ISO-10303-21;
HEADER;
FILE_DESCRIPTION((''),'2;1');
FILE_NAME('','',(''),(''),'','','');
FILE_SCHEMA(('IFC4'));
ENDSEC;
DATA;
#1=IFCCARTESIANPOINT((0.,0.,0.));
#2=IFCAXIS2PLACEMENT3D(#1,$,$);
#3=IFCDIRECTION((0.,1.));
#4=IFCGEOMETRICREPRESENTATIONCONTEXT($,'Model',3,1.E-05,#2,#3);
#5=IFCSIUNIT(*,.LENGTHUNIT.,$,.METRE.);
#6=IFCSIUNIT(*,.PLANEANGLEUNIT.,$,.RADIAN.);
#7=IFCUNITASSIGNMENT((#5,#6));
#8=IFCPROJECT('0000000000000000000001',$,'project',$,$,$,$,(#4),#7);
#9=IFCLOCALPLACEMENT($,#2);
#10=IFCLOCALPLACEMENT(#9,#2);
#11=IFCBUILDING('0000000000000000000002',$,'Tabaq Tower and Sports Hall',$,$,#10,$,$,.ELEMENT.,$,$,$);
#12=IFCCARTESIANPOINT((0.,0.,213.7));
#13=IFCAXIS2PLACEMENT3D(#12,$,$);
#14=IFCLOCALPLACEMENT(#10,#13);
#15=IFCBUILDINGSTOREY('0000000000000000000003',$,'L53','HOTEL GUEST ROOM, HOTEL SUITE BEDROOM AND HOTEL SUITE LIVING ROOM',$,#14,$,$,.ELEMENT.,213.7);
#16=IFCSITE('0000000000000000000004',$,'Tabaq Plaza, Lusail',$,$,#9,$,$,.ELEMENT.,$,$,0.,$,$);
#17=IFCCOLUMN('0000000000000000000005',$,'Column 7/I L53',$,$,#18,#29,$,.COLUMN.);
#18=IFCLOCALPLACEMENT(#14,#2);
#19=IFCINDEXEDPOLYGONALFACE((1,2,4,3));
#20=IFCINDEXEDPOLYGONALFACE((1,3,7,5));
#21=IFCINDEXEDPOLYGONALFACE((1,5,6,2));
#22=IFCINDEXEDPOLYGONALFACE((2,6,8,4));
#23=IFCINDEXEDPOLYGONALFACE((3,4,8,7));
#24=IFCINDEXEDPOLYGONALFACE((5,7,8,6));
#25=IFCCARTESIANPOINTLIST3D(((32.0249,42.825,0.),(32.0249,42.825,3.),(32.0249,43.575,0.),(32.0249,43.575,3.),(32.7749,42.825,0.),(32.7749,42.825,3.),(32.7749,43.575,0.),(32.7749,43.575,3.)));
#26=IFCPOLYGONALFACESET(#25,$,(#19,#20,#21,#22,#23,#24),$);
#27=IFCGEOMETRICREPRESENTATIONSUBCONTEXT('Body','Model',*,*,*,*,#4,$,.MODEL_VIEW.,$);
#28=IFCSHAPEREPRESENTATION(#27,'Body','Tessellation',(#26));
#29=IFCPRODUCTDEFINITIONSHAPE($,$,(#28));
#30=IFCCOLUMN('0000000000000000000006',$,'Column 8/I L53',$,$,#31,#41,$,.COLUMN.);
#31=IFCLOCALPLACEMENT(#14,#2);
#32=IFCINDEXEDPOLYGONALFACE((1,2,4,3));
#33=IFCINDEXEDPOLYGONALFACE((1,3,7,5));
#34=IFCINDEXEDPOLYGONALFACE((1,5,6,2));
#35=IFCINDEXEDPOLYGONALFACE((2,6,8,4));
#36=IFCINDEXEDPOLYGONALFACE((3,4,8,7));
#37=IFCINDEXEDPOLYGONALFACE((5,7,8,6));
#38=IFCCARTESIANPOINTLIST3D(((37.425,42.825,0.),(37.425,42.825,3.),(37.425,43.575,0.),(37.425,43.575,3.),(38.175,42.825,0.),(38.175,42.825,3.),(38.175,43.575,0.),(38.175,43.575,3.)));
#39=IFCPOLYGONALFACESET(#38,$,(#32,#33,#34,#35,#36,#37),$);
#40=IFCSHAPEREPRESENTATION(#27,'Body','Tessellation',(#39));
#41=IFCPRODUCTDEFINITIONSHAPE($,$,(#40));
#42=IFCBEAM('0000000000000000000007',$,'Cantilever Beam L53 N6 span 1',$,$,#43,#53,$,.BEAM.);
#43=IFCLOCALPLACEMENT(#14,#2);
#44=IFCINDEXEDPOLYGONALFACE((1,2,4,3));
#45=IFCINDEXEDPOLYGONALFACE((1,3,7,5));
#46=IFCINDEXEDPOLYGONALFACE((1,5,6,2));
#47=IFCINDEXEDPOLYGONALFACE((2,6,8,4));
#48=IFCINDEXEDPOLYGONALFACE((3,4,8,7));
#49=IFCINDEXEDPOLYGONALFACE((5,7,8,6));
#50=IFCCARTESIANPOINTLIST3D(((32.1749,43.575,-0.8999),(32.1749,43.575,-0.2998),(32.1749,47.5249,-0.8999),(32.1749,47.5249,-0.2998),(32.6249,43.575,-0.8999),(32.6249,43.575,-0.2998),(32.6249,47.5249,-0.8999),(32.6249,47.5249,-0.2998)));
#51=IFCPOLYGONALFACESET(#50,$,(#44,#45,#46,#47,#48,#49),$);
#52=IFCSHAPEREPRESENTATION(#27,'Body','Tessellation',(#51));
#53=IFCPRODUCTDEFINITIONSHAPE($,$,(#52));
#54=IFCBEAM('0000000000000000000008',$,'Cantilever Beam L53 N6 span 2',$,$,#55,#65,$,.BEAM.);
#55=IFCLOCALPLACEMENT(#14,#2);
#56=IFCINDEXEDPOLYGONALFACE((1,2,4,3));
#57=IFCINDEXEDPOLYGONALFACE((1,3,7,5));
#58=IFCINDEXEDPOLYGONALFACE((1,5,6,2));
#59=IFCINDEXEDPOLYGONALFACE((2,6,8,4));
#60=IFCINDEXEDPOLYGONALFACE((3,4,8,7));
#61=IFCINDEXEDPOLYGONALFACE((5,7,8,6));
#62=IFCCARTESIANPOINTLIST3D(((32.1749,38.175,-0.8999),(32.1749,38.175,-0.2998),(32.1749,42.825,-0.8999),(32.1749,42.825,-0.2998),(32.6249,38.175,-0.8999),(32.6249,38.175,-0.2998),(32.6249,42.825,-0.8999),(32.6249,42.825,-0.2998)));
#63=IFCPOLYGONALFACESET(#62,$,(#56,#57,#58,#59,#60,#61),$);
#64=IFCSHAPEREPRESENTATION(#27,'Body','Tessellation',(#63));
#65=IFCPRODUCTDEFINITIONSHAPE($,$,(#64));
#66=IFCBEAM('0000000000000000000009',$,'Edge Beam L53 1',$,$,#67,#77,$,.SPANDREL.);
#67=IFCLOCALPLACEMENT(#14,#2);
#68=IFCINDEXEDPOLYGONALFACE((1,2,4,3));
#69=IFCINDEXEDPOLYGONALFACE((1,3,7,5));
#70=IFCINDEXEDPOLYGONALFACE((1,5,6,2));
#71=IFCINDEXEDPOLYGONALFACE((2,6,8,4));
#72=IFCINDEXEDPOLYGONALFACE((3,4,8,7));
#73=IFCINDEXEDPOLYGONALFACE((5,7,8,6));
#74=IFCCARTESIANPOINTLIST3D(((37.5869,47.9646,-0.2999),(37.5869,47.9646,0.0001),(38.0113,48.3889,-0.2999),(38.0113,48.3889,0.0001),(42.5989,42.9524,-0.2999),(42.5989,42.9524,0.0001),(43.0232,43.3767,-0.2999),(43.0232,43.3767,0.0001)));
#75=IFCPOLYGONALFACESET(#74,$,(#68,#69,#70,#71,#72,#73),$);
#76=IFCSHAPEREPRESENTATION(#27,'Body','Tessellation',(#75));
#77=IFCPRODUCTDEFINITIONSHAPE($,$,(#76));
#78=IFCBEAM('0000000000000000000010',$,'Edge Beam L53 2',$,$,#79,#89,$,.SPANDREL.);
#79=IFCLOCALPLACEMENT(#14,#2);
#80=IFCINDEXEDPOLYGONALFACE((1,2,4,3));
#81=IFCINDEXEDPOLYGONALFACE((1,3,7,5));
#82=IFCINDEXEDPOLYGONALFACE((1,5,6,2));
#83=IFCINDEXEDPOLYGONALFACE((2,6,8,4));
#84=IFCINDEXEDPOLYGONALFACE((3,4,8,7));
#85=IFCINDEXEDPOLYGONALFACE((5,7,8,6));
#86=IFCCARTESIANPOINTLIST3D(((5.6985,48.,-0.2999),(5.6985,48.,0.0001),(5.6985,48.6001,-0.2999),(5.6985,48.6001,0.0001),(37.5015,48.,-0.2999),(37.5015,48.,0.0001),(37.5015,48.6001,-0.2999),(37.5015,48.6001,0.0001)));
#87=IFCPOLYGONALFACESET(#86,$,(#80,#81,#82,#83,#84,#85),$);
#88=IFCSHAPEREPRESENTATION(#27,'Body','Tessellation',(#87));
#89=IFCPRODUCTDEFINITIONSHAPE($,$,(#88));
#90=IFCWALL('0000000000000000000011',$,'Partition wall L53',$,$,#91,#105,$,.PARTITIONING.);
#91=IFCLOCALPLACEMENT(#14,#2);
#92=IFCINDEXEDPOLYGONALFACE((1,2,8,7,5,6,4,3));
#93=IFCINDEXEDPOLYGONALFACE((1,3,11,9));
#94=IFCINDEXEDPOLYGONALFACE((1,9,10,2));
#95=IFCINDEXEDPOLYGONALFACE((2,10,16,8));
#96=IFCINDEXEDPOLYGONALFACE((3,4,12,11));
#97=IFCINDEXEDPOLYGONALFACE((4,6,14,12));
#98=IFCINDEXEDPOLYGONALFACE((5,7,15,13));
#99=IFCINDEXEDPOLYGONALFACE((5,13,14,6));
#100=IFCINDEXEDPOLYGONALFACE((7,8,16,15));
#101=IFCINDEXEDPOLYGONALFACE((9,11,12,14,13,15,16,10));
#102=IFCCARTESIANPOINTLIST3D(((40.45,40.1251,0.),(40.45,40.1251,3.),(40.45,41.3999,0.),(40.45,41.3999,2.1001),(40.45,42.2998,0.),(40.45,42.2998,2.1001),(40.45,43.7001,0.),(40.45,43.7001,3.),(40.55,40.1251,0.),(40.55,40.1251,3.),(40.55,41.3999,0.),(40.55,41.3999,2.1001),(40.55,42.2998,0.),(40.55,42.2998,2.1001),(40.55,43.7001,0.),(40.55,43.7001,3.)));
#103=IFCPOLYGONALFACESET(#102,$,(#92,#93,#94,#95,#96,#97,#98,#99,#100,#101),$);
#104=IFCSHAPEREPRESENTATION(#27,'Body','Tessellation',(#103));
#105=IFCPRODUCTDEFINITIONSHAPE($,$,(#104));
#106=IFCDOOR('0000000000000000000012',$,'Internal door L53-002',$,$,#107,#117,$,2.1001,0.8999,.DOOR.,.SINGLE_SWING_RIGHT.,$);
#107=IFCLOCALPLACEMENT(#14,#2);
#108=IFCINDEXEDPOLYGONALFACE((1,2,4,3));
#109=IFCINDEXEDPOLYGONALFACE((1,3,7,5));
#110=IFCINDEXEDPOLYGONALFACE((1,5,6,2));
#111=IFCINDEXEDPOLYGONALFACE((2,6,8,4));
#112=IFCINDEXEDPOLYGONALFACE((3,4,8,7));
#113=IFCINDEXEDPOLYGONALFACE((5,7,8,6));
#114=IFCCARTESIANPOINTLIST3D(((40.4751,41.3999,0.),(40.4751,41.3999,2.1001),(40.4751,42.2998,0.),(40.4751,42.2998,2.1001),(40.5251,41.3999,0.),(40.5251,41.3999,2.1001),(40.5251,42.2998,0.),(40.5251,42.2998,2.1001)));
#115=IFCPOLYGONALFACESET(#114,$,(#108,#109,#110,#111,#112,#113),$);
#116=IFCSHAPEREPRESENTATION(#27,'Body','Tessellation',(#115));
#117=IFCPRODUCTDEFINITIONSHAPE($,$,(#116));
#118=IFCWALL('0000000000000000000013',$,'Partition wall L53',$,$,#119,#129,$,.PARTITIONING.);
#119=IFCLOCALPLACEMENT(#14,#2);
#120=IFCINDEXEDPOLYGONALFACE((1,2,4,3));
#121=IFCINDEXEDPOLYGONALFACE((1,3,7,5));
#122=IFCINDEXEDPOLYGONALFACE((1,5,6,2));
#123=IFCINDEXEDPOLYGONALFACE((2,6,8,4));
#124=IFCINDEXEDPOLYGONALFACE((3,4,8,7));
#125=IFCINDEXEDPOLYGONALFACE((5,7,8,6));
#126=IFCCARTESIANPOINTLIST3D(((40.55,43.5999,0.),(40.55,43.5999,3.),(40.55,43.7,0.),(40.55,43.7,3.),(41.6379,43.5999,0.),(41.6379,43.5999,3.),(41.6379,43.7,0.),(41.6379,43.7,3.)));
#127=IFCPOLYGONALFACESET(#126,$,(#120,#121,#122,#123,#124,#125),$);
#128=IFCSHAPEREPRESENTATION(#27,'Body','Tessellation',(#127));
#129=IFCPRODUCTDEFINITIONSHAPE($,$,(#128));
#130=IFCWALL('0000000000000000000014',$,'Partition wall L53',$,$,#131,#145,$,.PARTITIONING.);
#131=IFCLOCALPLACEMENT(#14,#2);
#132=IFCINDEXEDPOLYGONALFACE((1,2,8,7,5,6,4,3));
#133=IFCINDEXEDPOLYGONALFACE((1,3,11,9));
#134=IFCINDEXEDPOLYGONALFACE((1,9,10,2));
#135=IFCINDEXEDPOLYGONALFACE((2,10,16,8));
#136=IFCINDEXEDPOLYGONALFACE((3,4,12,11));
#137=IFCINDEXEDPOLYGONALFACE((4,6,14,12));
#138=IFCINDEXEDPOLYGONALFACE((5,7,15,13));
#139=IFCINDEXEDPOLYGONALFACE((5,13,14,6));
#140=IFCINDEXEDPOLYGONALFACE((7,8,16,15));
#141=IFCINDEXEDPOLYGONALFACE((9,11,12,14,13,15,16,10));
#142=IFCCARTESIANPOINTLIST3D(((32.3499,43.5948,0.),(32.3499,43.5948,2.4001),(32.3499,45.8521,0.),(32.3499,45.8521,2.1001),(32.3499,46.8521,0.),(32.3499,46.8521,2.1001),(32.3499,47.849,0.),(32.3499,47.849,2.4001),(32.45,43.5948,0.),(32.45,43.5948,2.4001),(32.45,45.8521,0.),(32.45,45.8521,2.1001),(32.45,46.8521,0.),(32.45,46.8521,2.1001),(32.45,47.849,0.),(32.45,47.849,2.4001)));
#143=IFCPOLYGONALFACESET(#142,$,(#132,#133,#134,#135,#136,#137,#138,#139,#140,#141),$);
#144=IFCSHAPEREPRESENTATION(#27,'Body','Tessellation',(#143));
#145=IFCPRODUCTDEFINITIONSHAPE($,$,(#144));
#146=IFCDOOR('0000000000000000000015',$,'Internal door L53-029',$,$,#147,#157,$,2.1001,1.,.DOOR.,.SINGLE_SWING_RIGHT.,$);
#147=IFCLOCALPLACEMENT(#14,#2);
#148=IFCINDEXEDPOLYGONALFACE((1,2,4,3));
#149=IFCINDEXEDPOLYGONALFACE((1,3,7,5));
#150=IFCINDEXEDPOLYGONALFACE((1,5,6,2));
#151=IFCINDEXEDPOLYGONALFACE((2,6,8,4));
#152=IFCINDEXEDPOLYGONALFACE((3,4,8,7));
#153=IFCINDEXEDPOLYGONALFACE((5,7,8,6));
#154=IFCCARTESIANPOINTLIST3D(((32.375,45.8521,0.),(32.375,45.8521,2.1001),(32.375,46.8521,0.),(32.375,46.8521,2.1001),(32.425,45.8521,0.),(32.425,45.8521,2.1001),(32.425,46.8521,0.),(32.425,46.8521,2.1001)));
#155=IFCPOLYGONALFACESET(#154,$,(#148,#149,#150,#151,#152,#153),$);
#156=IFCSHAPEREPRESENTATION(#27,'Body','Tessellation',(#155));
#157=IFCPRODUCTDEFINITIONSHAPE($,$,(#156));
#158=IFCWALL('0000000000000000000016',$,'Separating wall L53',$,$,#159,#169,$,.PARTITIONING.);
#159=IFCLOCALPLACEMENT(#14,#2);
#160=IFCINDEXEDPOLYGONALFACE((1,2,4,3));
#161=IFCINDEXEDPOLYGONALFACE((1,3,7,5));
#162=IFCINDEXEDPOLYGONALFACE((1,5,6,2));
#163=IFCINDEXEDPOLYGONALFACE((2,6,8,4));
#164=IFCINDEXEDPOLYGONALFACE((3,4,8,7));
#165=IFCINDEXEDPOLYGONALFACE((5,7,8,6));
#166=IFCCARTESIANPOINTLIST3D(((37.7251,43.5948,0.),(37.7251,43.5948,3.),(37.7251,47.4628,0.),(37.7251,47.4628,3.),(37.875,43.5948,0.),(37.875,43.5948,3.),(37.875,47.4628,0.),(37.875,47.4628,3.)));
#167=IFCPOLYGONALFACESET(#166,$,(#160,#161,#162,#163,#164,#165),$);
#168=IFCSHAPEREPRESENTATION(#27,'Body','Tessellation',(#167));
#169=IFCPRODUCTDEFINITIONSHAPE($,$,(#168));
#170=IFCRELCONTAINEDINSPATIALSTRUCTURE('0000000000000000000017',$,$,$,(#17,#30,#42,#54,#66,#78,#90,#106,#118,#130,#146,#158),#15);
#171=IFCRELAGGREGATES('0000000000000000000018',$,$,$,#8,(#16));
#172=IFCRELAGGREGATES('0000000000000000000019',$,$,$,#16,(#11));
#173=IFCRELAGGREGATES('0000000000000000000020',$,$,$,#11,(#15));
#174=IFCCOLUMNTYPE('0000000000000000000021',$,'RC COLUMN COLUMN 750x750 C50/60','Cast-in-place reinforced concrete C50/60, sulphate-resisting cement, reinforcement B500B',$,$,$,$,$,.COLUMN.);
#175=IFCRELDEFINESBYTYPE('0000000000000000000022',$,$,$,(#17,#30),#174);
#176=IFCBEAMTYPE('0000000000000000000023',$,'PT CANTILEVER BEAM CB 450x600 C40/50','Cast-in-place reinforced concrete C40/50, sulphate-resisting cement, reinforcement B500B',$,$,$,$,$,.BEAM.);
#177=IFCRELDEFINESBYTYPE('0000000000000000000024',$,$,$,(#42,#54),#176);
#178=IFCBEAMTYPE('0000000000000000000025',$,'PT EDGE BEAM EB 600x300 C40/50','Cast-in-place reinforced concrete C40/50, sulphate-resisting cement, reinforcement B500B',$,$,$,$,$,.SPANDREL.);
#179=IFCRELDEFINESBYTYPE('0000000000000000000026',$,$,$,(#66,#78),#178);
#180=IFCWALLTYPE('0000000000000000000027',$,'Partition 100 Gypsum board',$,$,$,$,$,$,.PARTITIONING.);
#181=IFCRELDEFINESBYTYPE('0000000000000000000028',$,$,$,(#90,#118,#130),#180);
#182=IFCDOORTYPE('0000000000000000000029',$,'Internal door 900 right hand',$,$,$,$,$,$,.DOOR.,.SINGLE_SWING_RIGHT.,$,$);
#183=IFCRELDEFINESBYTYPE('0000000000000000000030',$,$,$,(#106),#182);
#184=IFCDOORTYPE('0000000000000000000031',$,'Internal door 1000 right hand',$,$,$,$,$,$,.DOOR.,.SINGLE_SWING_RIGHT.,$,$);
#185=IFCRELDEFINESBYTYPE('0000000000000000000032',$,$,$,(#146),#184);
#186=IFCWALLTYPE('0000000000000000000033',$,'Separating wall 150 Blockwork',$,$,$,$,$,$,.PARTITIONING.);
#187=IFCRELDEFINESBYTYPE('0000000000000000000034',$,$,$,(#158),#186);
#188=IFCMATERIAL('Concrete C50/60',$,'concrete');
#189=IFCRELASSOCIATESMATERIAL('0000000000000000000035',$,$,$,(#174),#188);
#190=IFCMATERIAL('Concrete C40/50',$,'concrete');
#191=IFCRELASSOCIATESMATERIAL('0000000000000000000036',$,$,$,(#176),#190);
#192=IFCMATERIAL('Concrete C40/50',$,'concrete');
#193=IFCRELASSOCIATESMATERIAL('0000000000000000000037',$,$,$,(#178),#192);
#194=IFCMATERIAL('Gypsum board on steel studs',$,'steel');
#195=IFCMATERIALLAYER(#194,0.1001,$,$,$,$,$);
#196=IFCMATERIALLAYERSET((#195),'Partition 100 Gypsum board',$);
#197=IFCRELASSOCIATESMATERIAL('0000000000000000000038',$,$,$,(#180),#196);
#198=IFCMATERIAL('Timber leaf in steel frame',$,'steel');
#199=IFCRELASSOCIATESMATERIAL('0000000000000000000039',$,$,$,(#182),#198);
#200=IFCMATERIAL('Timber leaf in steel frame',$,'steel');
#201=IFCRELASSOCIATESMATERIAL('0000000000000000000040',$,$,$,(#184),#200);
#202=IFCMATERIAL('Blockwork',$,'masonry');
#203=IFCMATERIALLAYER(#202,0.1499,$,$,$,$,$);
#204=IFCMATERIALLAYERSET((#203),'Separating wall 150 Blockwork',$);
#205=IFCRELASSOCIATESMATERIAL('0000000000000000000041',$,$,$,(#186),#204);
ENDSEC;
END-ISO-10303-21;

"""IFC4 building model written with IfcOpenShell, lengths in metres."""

from ifc_helpers import new_model, si_unit, direction, frame, frame_2d, origin, origin_2d, place, context, subcontext, project, spatial, rectangle, extrude, material, layer, layer_set, material_profile, profile_set, type_object, element, fill, save


model = new_model("IFC4")

# Units and contexts
model_context = context("Model", 3, precision=1e-05, world=origin(), true_north=direction((0.0, 1.0)))
body_context = subcontext(model_context, "Body", "Model", "MODEL_VIEW")
ifc_project = project(units=[si_unit("LENGTHUNIT", "METRE"), si_unit("PLANEANGLEUNIT", "RADIAN")], contexts=[model_context])

# Site, building, storey
site_placement = place(None, origin())
site = spatial("IfcSite", under=ifc_project, at=site_placement, Name="Tabaq Plaza, Lusail", CompositionType="ELEMENT", RefElevation=0.0)
building_placement = place(site_placement, origin())
building = spatial("IfcBuilding", under=site, at=building_placement, Name="Tabaq Tower and Sports Hall", CompositionType="ELEMENT")
storey_placement = place(building_placement, frame((0.0, 0.0, 213.7)))
storey = spatial("IfcBuildingStorey", under=building, at=storey_placement, Name="L53", Description="HOTEL GUEST ROOM, HOTEL SUITE BEDROOM AND HOTEL SUITE LIVING ROOM", CompositionType="ELEMENT", Elevation=213.7)

# Columns
ifc_material_1 = material(Name="Concrete C50/60", Category="concrete")
ifc_material_profile_1 = material_profile(ifc_material_1, rectangle(XDim=0.75, YDim=0.75, at=origin_2d()), Name="COLUMN 750x750")
ifc_profile_set_1 = profile_set([ifc_material_profile_1], Name="Concrete C50/60")
column_type = type_object("IfcColumnType", Name="RC COLUMN COLUMN 750x750 C50/60", Description="Cast-in-place reinforced concrete C50/60, sulphate-resisting cement, reinforcement B500B", PredefinedType="COLUMN", material=ifc_profile_set_1)
for number, where, z_axis, x_axis, name in (
    (1, (32.3999, 43.2, 0.0), (0.0, 0.0, 1.0), (1.0, 0.0, 0.0), "Column 7/I L53"),
    (2, (37.8, 43.2, 0.0), (0.0, 0.0, 1.0), (1.0, 0.0, 0.0), "Column 8/I L53"),
):
    element("IfcColumn", number, at=place(storey_placement, frame(where, z_axis=z_axis, x_axis=x_axis)), inside=storey, type_object=column_type, Name=name, PredefinedType="COLUMN", context=body_context, shape_type="SweptSolid", body=[
        extrude(rectangle(XDim=0.75, YDim=0.75, at=origin_2d()), origin(), (0.0, 0.0, 1.0), 3.0),
    ])

# Beams
ifc_material_2 = material(Name="Concrete C40/50", Category="concrete")
ifc_material_profile_2 = material_profile(ifc_material_2, rectangle(XDim=0.45, YDim=0.6001, at=origin_2d()), Name="CB 450x600")
ifc_profile_set_2 = profile_set([ifc_material_profile_2], Name="Concrete C40/50")
beam_type_1 = type_object("IfcBeamType", Name="PT CANTILEVER BEAM CB 450x600 C40/50", Description="Cast-in-place reinforced concrete C40/50, sulphate-resisting cement, reinforcement B500B", PredefinedType="BEAM", material=ifc_profile_set_2)
beam_1_placement = place(storey_placement, frame((32.3999, 47.5249, -0.5999), z_axis=(0.0, -1.0, 0.0), x_axis=(1.0, 0.0, 0.0)))
element("IfcBeam", 3, at=beam_1_placement, inside=storey, type_object=beam_type_1, Name="Cantilever Beam L53 N6 span 1", PredefinedType="BEAM", context=body_context, shape_type="SweptSolid", body=[
    extrude(rectangle(XDim=0.45, YDim=0.6001, at=origin_2d()), origin(), (0.0, 0.0, 1.0), 3.95),
])
beam_2_placement = place(storey_placement, frame((32.3999, 42.825, -0.5999), z_axis=(0.0, -1.0, 0.0), x_axis=(1.0, 0.0, 0.0)))
element("IfcBeam", 4, at=beam_2_placement, inside=storey, type_object=beam_type_1, Name="Cantilever Beam L53 N6 span 2", PredefinedType="BEAM", context=body_context, shape_type="SweptSolid", body=[
    extrude(rectangle(XDim=0.45, YDim=0.6001, at=origin_2d()), origin(), (0.0, 0.0, 1.0), 4.6499),
])
ifc_material_3 = material(Name="Concrete C40/50", Category="concrete")
ifc_material_profile_3 = material_profile(ifc_material_3, rectangle(XDim=0.6001, YDim=0.3, at=origin_2d()), Name="EB 600x300")
ifc_profile_set_3 = profile_set([ifc_material_profile_3], Name="Concrete C40/50")
beam_type_2 = type_object("IfcBeamType", Name="PT EDGE BEAM EB 600x300 C40/50", Description="Cast-in-place reinforced concrete C40/50, sulphate-resisting cement, reinforcement B500B", PredefinedType="SPANDREL", material=ifc_profile_set_3)
beam_3_placement = place(storey_placement, frame((42.811, 43.1646, -0.1499), z_axis=(-0.70709, 0.707124, 0.0), x_axis=(-0.707124, -0.70709, 0.0)))
element("IfcBeam", 5, at=beam_3_placement, inside=storey, type_object=beam_type_2, Name="Edge Beam L53 1", PredefinedType="SPANDREL", context=body_context, shape_type="SweptSolid", body=[
    extrude(rectangle(XDim=0.6001, YDim=0.3, at=origin_2d()), origin(), (0.0, 0.0, 1.0), 7.0881),
])
beam_4_placement = place(storey_placement, frame((37.5015, 48.3, -0.1499), z_axis=(-1.0, 0.0, 0.0), x_axis=(0.0, -1.0, 0.0)))
element("IfcBeam", 6, at=beam_4_placement, inside=storey, type_object=beam_type_2, Name="Edge Beam L53 2", PredefinedType="SPANDREL", context=body_context, shape_type="SweptSolid", body=[
    extrude(rectangle(XDim=0.6001, YDim=0.3, at=origin_2d()), origin(), (0.0, 0.0, 1.0), 31.803),
])

# Wall, opening, door
ifc_material_4 = material(Name="Gypsum board on steel studs", Category="steel")
ifc_layer_1 = layer(ifc_material_4, 0.1001)
ifc_layer_set_1 = layer_set([ifc_layer_1], Name="Partition 100 Gypsum board")
wall_type_1 = type_object("IfcWallType", Name="Partition 100 Gypsum board", PredefinedType="PARTITIONING", material=ifc_layer_set_1)
wall_1_placement = place(storey_placement, frame((40.5, 40.125, 0.0), z_axis=(0.0, 0.0, 1.0), x_axis=(0.0, 1.0, 0.0)))
wall_1 = element("IfcWall", 7, at=wall_1_placement, inside=storey, type_object=wall_type_1, Name="Partition wall L53", PredefinedType="PARTITIONING", context=body_context, shape_type="SweptSolid", body=[
    extrude(rectangle(XDim=3.575, YDim=0.1001, at=frame_2d((1.7876, 0.0))), origin(), (0.0, 0.0, 1.0), 3.0),
])
opening_1_placement = place(wall_1_placement, frame((1.2749, 0.0, 0.0)))
opening_1 = element("IfcOpeningElement", 8, at=opening_1_placement, cuts=wall_1, PredefinedType="OPENING", context=body_context, shape_type="SweptSolid", body=[
    extrude(rectangle(XDim=0.8999, YDim=2.1001, at=frame_2d((0.45, 1.05))), frame((0.0, 0.05, 0.0), z_axis=(0.0, -1.0, 0.0), x_axis=(1.0, 0.0, 0.0)), (0.0, 0.0, 1.0), 0.1001),
])
ifc_material_5 = material(Name="Timber leaf in steel frame", Category="steel")
door_type_1 = type_object("IfcDoorType", Name="Internal door 900 right hand", OperationType="SINGLE_SWING_RIGHT", PredefinedType="DOOR", material=ifc_material_5)
door_1_placement = place(opening_1_placement, origin())
door_1 = element("IfcDoor", 9, at=door_1_placement, inside=storey, type_object=door_type_1, Name="Internal door L53-002", OperationType="SINGLE_SWING_RIGHT", OverallHeight=2.1001, OverallWidth=0.8999, PredefinedType="DOOR", context=body_context, shape_type="SweptSolid", body=[
    extrude(rectangle(XDim=0.8999, YDim=2.1001, at=frame_2d((0.45, 1.05))), frame((0.0, 0.0249, 0.0), z_axis=(0.0, -1.0, 0.0), x_axis=(1.0, 0.0, 0.0)), (0.0, 0.0, 1.0), 0.05),
])
fill(opening_1, door_1)

# Wall
wall_2_placement = place(storey_placement, frame((40.55, 43.6499, 0.0), z_axis=(0.0, 0.0, 1.0), x_axis=(1.0, 0.0, 0.0)))
element("IfcWall", 10, at=wall_2_placement, inside=storey, type_object=wall_type_1, Name="Partition wall L53", PredefinedType="PARTITIONING", context=body_context, shape_type="SweptSolid", body=[
    extrude(rectangle(XDim=1.0879, YDim=0.1001, at=frame_2d((0.5439, 0.0))), origin(), (0.0, 0.0, 1.0), 3.0),
])

# Wall, opening, door
wall_3_placement = place(storey_placement, frame((32.3999, 43.595, 0.0), z_axis=(0.0, 0.0, 1.0), x_axis=(0.0, 1.0, 0.0)))
wall_3 = element("IfcWall", 11, at=wall_3_placement, inside=storey, type_object=wall_type_1, Name="Partition wall L53", PredefinedType="PARTITIONING", context=body_context, shape_type="SweptSolid", body=[
    extrude(rectangle(XDim=4.2542, YDim=0.1001, at=frame_2d((2.127, 0.0))), origin(), (0.0, 0.0, 1.0), 2.4001),
])
opening_2_placement = place(wall_3_placement, frame((2.2571, 0.0, 0.0)))
opening_2 = element("IfcOpeningElement", 12, at=opening_2_placement, cuts=wall_3, PredefinedType="OPENING", context=body_context, shape_type="SweptSolid", body=[
    extrude(rectangle(XDim=1.0, YDim=2.1001, at=frame_2d((0.5, 1.05))), frame((0.0, 0.05, 0.0), z_axis=(0.0, -1.0, 0.0), x_axis=(1.0, 0.0, 0.0)), (0.0, 0.0, 1.0), 0.1001),
])
ifc_material_6 = material(Name="Timber leaf in steel frame", Category="steel")
door_type_2 = type_object("IfcDoorType", Name="Internal door 1000 right hand", OperationType="SINGLE_SWING_RIGHT", PredefinedType="DOOR", material=ifc_material_6)
door_2_placement = place(opening_2_placement, origin())
door_2 = element("IfcDoor", 13, at=door_2_placement, inside=storey, type_object=door_type_2, Name="Internal door L53-029", OperationType="SINGLE_SWING_RIGHT", OverallHeight=2.1001, OverallWidth=1.0, PredefinedType="DOOR", context=body_context, shape_type="SweptSolid", body=[
    extrude(rectangle(XDim=1.0, YDim=2.1001, at=frame_2d((0.5, 1.05))), frame((0.0, 0.0249, 0.0), z_axis=(0.0, -1.0, 0.0), x_axis=(1.0, 0.0, 0.0)), (0.0, 0.0, 1.0), 0.05),
])
fill(opening_2, door_2)

# Wall
ifc_material_7 = material(Name="Blockwork", Category="masonry")
ifc_layer_2 = layer(ifc_material_7, 0.1499)
ifc_layer_set_2 = layer_set([ifc_layer_2], Name="Separating wall 150 Blockwork")
wall_type_2 = type_object("IfcWallType", Name="Separating wall 150 Blockwork", PredefinedType="PARTITIONING", material=ifc_layer_set_2)
wall_4_placement = place(storey_placement, frame((37.8, 47.4629, 0.0), z_axis=(0.0, 0.0, 1.0), x_axis=(0.0, -1.0, 0.0)))
element("IfcWall", 14, at=wall_4_placement, inside=storey, type_object=wall_type_2, Name="Separating wall L53", PredefinedType="PARTITIONING", context=body_context, shape_type="SweptSolid", body=[
    extrude(rectangle(XDim=3.8679, YDim=0.1499, at=frame_2d((1.9341, 0.0))), origin(), (0.0, 0.0, 1.0), 3.0),
])

save(model, "model.ifc")
